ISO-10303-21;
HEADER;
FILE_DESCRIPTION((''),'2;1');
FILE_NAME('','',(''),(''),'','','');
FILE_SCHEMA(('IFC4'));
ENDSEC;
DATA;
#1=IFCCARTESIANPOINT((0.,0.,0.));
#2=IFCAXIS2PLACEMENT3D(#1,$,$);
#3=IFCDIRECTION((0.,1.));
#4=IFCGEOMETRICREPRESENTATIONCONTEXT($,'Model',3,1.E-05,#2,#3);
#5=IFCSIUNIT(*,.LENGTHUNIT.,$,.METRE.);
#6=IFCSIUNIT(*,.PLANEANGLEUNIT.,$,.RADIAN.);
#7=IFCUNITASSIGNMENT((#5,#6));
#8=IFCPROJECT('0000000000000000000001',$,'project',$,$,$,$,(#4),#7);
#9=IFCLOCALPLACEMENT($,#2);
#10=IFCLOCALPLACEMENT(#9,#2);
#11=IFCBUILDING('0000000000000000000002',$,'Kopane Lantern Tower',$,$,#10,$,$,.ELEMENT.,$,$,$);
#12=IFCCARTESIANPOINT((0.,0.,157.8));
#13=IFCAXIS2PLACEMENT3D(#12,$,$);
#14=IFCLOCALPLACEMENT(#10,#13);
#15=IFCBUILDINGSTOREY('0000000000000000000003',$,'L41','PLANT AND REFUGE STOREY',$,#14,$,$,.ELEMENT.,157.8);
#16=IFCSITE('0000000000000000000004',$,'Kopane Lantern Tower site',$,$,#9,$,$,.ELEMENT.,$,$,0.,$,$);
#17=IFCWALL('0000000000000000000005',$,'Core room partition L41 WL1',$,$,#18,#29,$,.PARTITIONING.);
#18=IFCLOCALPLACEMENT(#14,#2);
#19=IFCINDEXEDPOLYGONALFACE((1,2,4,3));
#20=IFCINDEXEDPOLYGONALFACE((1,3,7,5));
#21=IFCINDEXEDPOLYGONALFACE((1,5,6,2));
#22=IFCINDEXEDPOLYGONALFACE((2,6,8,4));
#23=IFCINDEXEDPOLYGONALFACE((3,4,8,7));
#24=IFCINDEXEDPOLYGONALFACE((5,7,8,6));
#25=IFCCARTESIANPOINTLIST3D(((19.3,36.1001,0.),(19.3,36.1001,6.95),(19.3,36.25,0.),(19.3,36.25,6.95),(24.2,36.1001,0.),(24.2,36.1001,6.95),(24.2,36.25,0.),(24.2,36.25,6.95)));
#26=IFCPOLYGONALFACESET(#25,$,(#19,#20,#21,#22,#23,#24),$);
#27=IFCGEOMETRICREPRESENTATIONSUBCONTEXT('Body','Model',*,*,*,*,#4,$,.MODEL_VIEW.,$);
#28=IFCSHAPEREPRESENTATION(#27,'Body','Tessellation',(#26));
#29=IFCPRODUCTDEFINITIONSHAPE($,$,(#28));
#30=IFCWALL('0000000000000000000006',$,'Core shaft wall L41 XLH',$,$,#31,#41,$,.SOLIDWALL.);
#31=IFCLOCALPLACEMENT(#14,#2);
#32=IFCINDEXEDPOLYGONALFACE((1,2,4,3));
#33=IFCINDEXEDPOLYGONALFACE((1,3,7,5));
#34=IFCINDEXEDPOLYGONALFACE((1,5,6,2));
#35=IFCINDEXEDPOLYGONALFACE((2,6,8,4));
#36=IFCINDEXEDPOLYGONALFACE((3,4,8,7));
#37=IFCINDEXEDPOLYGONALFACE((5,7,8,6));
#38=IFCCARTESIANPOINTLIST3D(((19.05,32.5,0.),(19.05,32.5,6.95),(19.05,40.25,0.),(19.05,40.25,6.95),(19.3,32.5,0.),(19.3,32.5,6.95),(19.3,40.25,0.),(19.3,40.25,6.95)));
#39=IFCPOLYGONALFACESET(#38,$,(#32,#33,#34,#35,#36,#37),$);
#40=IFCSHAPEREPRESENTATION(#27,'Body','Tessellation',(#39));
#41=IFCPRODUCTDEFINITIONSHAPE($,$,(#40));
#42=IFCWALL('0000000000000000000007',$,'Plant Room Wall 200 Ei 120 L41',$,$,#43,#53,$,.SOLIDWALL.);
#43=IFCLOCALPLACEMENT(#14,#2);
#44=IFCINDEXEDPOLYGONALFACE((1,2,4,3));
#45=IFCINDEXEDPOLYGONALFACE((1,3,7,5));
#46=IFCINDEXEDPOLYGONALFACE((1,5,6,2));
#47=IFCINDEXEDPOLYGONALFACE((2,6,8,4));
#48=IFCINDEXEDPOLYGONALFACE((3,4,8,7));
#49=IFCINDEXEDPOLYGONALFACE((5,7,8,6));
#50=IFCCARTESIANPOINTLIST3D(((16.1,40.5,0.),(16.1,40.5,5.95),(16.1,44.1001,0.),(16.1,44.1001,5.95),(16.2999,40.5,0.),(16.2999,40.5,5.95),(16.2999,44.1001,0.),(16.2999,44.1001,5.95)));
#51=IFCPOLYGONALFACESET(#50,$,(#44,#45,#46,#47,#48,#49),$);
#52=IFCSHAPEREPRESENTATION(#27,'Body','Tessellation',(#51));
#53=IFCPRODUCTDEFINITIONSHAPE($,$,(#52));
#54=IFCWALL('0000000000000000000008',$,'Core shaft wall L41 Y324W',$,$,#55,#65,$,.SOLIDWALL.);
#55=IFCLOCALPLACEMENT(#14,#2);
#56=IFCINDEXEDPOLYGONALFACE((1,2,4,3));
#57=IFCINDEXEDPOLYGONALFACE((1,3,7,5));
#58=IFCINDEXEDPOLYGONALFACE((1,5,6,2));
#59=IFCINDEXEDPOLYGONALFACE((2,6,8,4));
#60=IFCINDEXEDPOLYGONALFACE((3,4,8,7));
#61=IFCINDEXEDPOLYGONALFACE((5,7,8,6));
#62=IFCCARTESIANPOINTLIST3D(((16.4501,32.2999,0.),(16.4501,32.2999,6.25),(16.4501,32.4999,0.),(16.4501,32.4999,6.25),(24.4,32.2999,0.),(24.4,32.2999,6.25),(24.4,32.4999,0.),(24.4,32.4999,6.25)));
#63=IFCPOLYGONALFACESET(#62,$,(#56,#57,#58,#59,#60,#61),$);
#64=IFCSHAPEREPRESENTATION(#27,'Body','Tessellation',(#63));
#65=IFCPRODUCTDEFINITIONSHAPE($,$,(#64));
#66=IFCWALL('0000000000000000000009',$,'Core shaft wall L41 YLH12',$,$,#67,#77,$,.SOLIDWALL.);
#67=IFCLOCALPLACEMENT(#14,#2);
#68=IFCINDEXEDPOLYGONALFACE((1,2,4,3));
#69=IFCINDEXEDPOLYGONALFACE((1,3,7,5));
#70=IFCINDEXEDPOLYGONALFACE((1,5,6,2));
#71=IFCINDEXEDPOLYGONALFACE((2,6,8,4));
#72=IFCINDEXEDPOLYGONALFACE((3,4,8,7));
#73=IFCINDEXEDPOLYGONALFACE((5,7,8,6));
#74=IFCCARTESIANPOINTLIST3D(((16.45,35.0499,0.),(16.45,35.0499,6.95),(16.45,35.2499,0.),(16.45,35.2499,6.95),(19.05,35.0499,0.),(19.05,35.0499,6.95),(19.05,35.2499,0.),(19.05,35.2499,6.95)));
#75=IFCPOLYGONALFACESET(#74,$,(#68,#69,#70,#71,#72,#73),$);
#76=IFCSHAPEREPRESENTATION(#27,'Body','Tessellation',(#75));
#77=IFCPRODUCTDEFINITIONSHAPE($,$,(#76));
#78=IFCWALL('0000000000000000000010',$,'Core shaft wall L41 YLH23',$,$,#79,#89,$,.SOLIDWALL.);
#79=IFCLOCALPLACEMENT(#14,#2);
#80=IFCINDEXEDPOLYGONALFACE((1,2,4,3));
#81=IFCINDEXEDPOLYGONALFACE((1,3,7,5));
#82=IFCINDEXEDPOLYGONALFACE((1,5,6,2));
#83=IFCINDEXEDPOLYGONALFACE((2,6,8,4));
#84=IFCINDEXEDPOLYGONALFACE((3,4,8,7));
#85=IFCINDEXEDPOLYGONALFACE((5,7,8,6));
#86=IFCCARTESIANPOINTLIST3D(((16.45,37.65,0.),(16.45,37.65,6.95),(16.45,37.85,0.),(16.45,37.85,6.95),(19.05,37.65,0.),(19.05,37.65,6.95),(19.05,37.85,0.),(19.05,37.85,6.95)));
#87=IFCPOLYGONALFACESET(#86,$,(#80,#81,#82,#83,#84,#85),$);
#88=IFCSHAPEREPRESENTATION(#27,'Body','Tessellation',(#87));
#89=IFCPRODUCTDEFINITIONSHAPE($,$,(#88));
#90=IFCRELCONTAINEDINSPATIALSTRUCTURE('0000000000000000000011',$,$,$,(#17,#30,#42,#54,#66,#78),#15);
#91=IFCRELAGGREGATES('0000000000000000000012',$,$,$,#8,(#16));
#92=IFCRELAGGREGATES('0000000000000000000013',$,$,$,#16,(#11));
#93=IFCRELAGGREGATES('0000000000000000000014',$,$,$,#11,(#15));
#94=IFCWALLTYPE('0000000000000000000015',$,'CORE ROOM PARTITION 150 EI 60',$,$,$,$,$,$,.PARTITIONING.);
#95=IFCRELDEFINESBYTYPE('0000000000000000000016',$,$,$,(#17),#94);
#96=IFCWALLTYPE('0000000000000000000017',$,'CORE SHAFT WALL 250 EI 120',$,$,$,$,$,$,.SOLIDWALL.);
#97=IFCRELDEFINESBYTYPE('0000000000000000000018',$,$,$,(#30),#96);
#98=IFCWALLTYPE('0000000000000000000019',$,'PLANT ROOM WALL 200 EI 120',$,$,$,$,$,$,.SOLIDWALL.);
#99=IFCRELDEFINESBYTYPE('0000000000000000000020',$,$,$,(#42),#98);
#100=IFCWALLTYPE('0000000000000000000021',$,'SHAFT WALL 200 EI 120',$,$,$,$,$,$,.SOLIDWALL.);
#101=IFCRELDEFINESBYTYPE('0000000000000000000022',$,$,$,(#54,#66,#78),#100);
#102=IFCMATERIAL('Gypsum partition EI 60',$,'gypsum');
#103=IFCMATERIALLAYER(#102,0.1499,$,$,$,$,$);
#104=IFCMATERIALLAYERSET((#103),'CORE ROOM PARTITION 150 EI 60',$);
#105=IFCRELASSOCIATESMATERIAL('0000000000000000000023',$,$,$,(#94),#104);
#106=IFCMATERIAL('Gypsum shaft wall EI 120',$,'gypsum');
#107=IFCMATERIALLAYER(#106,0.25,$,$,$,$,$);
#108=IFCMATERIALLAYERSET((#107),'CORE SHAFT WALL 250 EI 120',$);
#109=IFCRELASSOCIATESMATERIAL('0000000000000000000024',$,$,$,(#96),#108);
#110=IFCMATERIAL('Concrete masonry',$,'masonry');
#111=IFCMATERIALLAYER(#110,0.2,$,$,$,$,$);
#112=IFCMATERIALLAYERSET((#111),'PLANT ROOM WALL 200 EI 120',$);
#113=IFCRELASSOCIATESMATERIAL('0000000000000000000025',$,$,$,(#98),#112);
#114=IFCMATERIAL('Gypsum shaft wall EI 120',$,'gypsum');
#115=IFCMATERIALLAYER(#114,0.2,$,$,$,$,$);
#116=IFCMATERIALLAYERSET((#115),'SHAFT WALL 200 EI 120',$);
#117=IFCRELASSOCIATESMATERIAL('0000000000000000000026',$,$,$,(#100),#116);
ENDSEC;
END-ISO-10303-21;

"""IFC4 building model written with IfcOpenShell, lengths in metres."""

from ifc_helpers import new_model, si_unit, direction, frame, frame_2d, origin, place, context, subcontext, project, spatial, rectangle, extrude, material, layer, layer_set, type_object, element, save


model = new_model("IFC4")

# Units and contexts
model_context = context("Model", 3, precision=1e-05, world=origin(), true_north=direction((0.0, 1.0)))
body_context = subcontext(model_context, "Body", "Model", "MODEL_VIEW")
ifc_project = project(units=[si_unit("LENGTHUNIT", "METRE"), si_unit("PLANEANGLEUNIT", "RADIAN")], contexts=[model_context])

# Site, building, storey
site_placement = place(None, origin())
site = spatial("IfcSite", under=ifc_project, at=site_placement, Name="Kopane Lantern Tower site", CompositionType="ELEMENT", RefElevation=0.0)
building_placement = place(site_placement, origin())
building = spatial("IfcBuilding", under=site, at=building_placement, Name="Kopane Lantern Tower", CompositionType="ELEMENT")
storey_placement = place(building_placement, frame((0.0, 0.0, 157.8)))
storey = spatial("IfcBuildingStorey", under=building, at=storey_placement, Name="L41", Description="PLANT AND REFUGE STOREY", CompositionType="ELEMENT", Elevation=157.8)

# Walls
ifc_material_1 = material(Name="Gypsum partition EI 60", Category="gypsum")
ifc_layer_1 = layer(ifc_material_1, 0.1499)
ifc_layer_set_1 = layer_set([ifc_layer_1], Name="CORE ROOM PARTITION 150 EI 60")
wall_type_1 = type_object("IfcWallType", Name="CORE ROOM PARTITION 150 EI 60", PredefinedType="PARTITIONING", material=ifc_layer_set_1)
wall_1_placement = place(storey_placement, frame((19.3, 36.175, 0.0), z_axis=(0.0, 0.0, 1.0), x_axis=(1.0, 0.0, 0.0)))
element("IfcWall", 1, at=wall_1_placement, inside=storey, type_object=wall_type_1, Name="Core room partition L41 WL1", PredefinedType="PARTITIONING", context=body_context, shape_type="SweptSolid", body=[
    extrude(rectangle(XDim=4.8999, YDim=0.1499, at=frame_2d((2.45, 0.0))), origin(), (0.0, 0.0, 1.0), 6.95),
])
ifc_material_2 = material(Name="Gypsum shaft wall EI 120", Category="gypsum")
ifc_layer_2 = layer(ifc_material_2, 0.25)
ifc_layer_set_2 = layer_set([ifc_layer_2], Name="CORE SHAFT WALL 250 EI 120")
wall_type_2 = type_object("IfcWallType", Name="CORE SHAFT WALL 250 EI 120", PredefinedType="SOLIDWALL", material=ifc_layer_set_2)
wall_2_placement = place(storey_placement, frame((19.175, 32.5, 0.0), z_axis=(0.0, 0.0, 1.0), x_axis=(0.0, 1.0, 0.0)))
element("IfcWall", 2, at=wall_2_placement, inside=storey, type_object=wall_type_2, Name="Core shaft wall L41 XLH", PredefinedType="SOLIDWALL", context=body_context, shape_type="SweptSolid", body=[
    extrude(rectangle(XDim=7.75, YDim=0.25, at=frame_2d((3.875, 0.0))), origin(), (0.0, 0.0, 1.0), 6.95),
])
ifc_material_3 = material(Name="Concrete masonry", Category="masonry")
ifc_layer_3 = layer(ifc_material_3, 0.2)
ifc_layer_set_3 = layer_set([ifc_layer_3], Name="PLANT ROOM WALL 200 EI 120")
wall_type_3 = type_object("IfcWallType", Name="PLANT ROOM WALL 200 EI 120", PredefinedType="SOLIDWALL", material=ifc_layer_set_3)
wall_3_placement = place(storey_placement, frame((16.2, 40.5, 0.0), z_axis=(0.0, 0.0, 1.0), x_axis=(0.0, 1.0, 0.0)))
element("IfcWall", 3, at=wall_3_placement, inside=storey, type_object=wall_type_3, Name="Plant Room Wall 200 Ei 120 L41", PredefinedType="SOLIDWALL", context=body_context, shape_type="SweptSolid", body=[
    extrude(rectangle(XDim=3.6001, YDim=0.2, at=frame_2d((1.8, 0.0))), origin(), (0.0, 0.0, 1.0), 5.95),
])
ifc_material_4 = material(Name="Gypsum shaft wall EI 120", Category="gypsum")
ifc_layer_4 = layer(ifc_material_4, 0.2)
ifc_layer_set_4 = layer_set([ifc_layer_4], Name="SHAFT WALL 200 EI 120")
wall_type_4 = type_object("IfcWallType", Name="SHAFT WALL 200 EI 120", PredefinedType="SOLIDWALL", material=ifc_layer_set_4)
wall_4_placement = place(storey_placement, frame((16.45, 32.3999, 0.0), z_axis=(0.0, 0.0, 1.0), x_axis=(1.0, 0.0, 0.0)))
element("IfcWall", 4, at=wall_4_placement, inside=storey, type_object=wall_type_4, Name="Core shaft wall L41 Y324W", PredefinedType="SOLIDWALL", context=body_context, shape_type="SweptSolid", body=[
    extrude(rectangle(XDim=7.95, YDim=0.2, at=frame_2d((3.9751, 0.0))), origin(), (0.0, 0.0, 1.0), 6.25),
])
for number, where, z_axis, x_axis, name in (
    (5, (16.45, 35.1499, 0.0), (0.0, 0.0, 1.0), (1.0, 0.0, 0.0), "Core shaft wall L41 YLH12"),
    (6, (16.45, 37.75, 0.0), (0.0, 0.0, 1.0), (1.0, 0.0, 0.0), "Core shaft wall L41 YLH23"),
):
    element("IfcWall", number, at=place(storey_placement, frame(where, z_axis=z_axis, x_axis=x_axis)), inside=storey, type_object=wall_type_4, Name=name, PredefinedType="SOLIDWALL", context=body_context, shape_type="SweptSolid", body=[
        extrude(rectangle(XDim=2.6001, YDim=0.2, at=frame_2d((1.3, 0.0))), origin(), (0.0, 0.0, 1.0), 6.95),
    ])

save(model, "model.ifc")
